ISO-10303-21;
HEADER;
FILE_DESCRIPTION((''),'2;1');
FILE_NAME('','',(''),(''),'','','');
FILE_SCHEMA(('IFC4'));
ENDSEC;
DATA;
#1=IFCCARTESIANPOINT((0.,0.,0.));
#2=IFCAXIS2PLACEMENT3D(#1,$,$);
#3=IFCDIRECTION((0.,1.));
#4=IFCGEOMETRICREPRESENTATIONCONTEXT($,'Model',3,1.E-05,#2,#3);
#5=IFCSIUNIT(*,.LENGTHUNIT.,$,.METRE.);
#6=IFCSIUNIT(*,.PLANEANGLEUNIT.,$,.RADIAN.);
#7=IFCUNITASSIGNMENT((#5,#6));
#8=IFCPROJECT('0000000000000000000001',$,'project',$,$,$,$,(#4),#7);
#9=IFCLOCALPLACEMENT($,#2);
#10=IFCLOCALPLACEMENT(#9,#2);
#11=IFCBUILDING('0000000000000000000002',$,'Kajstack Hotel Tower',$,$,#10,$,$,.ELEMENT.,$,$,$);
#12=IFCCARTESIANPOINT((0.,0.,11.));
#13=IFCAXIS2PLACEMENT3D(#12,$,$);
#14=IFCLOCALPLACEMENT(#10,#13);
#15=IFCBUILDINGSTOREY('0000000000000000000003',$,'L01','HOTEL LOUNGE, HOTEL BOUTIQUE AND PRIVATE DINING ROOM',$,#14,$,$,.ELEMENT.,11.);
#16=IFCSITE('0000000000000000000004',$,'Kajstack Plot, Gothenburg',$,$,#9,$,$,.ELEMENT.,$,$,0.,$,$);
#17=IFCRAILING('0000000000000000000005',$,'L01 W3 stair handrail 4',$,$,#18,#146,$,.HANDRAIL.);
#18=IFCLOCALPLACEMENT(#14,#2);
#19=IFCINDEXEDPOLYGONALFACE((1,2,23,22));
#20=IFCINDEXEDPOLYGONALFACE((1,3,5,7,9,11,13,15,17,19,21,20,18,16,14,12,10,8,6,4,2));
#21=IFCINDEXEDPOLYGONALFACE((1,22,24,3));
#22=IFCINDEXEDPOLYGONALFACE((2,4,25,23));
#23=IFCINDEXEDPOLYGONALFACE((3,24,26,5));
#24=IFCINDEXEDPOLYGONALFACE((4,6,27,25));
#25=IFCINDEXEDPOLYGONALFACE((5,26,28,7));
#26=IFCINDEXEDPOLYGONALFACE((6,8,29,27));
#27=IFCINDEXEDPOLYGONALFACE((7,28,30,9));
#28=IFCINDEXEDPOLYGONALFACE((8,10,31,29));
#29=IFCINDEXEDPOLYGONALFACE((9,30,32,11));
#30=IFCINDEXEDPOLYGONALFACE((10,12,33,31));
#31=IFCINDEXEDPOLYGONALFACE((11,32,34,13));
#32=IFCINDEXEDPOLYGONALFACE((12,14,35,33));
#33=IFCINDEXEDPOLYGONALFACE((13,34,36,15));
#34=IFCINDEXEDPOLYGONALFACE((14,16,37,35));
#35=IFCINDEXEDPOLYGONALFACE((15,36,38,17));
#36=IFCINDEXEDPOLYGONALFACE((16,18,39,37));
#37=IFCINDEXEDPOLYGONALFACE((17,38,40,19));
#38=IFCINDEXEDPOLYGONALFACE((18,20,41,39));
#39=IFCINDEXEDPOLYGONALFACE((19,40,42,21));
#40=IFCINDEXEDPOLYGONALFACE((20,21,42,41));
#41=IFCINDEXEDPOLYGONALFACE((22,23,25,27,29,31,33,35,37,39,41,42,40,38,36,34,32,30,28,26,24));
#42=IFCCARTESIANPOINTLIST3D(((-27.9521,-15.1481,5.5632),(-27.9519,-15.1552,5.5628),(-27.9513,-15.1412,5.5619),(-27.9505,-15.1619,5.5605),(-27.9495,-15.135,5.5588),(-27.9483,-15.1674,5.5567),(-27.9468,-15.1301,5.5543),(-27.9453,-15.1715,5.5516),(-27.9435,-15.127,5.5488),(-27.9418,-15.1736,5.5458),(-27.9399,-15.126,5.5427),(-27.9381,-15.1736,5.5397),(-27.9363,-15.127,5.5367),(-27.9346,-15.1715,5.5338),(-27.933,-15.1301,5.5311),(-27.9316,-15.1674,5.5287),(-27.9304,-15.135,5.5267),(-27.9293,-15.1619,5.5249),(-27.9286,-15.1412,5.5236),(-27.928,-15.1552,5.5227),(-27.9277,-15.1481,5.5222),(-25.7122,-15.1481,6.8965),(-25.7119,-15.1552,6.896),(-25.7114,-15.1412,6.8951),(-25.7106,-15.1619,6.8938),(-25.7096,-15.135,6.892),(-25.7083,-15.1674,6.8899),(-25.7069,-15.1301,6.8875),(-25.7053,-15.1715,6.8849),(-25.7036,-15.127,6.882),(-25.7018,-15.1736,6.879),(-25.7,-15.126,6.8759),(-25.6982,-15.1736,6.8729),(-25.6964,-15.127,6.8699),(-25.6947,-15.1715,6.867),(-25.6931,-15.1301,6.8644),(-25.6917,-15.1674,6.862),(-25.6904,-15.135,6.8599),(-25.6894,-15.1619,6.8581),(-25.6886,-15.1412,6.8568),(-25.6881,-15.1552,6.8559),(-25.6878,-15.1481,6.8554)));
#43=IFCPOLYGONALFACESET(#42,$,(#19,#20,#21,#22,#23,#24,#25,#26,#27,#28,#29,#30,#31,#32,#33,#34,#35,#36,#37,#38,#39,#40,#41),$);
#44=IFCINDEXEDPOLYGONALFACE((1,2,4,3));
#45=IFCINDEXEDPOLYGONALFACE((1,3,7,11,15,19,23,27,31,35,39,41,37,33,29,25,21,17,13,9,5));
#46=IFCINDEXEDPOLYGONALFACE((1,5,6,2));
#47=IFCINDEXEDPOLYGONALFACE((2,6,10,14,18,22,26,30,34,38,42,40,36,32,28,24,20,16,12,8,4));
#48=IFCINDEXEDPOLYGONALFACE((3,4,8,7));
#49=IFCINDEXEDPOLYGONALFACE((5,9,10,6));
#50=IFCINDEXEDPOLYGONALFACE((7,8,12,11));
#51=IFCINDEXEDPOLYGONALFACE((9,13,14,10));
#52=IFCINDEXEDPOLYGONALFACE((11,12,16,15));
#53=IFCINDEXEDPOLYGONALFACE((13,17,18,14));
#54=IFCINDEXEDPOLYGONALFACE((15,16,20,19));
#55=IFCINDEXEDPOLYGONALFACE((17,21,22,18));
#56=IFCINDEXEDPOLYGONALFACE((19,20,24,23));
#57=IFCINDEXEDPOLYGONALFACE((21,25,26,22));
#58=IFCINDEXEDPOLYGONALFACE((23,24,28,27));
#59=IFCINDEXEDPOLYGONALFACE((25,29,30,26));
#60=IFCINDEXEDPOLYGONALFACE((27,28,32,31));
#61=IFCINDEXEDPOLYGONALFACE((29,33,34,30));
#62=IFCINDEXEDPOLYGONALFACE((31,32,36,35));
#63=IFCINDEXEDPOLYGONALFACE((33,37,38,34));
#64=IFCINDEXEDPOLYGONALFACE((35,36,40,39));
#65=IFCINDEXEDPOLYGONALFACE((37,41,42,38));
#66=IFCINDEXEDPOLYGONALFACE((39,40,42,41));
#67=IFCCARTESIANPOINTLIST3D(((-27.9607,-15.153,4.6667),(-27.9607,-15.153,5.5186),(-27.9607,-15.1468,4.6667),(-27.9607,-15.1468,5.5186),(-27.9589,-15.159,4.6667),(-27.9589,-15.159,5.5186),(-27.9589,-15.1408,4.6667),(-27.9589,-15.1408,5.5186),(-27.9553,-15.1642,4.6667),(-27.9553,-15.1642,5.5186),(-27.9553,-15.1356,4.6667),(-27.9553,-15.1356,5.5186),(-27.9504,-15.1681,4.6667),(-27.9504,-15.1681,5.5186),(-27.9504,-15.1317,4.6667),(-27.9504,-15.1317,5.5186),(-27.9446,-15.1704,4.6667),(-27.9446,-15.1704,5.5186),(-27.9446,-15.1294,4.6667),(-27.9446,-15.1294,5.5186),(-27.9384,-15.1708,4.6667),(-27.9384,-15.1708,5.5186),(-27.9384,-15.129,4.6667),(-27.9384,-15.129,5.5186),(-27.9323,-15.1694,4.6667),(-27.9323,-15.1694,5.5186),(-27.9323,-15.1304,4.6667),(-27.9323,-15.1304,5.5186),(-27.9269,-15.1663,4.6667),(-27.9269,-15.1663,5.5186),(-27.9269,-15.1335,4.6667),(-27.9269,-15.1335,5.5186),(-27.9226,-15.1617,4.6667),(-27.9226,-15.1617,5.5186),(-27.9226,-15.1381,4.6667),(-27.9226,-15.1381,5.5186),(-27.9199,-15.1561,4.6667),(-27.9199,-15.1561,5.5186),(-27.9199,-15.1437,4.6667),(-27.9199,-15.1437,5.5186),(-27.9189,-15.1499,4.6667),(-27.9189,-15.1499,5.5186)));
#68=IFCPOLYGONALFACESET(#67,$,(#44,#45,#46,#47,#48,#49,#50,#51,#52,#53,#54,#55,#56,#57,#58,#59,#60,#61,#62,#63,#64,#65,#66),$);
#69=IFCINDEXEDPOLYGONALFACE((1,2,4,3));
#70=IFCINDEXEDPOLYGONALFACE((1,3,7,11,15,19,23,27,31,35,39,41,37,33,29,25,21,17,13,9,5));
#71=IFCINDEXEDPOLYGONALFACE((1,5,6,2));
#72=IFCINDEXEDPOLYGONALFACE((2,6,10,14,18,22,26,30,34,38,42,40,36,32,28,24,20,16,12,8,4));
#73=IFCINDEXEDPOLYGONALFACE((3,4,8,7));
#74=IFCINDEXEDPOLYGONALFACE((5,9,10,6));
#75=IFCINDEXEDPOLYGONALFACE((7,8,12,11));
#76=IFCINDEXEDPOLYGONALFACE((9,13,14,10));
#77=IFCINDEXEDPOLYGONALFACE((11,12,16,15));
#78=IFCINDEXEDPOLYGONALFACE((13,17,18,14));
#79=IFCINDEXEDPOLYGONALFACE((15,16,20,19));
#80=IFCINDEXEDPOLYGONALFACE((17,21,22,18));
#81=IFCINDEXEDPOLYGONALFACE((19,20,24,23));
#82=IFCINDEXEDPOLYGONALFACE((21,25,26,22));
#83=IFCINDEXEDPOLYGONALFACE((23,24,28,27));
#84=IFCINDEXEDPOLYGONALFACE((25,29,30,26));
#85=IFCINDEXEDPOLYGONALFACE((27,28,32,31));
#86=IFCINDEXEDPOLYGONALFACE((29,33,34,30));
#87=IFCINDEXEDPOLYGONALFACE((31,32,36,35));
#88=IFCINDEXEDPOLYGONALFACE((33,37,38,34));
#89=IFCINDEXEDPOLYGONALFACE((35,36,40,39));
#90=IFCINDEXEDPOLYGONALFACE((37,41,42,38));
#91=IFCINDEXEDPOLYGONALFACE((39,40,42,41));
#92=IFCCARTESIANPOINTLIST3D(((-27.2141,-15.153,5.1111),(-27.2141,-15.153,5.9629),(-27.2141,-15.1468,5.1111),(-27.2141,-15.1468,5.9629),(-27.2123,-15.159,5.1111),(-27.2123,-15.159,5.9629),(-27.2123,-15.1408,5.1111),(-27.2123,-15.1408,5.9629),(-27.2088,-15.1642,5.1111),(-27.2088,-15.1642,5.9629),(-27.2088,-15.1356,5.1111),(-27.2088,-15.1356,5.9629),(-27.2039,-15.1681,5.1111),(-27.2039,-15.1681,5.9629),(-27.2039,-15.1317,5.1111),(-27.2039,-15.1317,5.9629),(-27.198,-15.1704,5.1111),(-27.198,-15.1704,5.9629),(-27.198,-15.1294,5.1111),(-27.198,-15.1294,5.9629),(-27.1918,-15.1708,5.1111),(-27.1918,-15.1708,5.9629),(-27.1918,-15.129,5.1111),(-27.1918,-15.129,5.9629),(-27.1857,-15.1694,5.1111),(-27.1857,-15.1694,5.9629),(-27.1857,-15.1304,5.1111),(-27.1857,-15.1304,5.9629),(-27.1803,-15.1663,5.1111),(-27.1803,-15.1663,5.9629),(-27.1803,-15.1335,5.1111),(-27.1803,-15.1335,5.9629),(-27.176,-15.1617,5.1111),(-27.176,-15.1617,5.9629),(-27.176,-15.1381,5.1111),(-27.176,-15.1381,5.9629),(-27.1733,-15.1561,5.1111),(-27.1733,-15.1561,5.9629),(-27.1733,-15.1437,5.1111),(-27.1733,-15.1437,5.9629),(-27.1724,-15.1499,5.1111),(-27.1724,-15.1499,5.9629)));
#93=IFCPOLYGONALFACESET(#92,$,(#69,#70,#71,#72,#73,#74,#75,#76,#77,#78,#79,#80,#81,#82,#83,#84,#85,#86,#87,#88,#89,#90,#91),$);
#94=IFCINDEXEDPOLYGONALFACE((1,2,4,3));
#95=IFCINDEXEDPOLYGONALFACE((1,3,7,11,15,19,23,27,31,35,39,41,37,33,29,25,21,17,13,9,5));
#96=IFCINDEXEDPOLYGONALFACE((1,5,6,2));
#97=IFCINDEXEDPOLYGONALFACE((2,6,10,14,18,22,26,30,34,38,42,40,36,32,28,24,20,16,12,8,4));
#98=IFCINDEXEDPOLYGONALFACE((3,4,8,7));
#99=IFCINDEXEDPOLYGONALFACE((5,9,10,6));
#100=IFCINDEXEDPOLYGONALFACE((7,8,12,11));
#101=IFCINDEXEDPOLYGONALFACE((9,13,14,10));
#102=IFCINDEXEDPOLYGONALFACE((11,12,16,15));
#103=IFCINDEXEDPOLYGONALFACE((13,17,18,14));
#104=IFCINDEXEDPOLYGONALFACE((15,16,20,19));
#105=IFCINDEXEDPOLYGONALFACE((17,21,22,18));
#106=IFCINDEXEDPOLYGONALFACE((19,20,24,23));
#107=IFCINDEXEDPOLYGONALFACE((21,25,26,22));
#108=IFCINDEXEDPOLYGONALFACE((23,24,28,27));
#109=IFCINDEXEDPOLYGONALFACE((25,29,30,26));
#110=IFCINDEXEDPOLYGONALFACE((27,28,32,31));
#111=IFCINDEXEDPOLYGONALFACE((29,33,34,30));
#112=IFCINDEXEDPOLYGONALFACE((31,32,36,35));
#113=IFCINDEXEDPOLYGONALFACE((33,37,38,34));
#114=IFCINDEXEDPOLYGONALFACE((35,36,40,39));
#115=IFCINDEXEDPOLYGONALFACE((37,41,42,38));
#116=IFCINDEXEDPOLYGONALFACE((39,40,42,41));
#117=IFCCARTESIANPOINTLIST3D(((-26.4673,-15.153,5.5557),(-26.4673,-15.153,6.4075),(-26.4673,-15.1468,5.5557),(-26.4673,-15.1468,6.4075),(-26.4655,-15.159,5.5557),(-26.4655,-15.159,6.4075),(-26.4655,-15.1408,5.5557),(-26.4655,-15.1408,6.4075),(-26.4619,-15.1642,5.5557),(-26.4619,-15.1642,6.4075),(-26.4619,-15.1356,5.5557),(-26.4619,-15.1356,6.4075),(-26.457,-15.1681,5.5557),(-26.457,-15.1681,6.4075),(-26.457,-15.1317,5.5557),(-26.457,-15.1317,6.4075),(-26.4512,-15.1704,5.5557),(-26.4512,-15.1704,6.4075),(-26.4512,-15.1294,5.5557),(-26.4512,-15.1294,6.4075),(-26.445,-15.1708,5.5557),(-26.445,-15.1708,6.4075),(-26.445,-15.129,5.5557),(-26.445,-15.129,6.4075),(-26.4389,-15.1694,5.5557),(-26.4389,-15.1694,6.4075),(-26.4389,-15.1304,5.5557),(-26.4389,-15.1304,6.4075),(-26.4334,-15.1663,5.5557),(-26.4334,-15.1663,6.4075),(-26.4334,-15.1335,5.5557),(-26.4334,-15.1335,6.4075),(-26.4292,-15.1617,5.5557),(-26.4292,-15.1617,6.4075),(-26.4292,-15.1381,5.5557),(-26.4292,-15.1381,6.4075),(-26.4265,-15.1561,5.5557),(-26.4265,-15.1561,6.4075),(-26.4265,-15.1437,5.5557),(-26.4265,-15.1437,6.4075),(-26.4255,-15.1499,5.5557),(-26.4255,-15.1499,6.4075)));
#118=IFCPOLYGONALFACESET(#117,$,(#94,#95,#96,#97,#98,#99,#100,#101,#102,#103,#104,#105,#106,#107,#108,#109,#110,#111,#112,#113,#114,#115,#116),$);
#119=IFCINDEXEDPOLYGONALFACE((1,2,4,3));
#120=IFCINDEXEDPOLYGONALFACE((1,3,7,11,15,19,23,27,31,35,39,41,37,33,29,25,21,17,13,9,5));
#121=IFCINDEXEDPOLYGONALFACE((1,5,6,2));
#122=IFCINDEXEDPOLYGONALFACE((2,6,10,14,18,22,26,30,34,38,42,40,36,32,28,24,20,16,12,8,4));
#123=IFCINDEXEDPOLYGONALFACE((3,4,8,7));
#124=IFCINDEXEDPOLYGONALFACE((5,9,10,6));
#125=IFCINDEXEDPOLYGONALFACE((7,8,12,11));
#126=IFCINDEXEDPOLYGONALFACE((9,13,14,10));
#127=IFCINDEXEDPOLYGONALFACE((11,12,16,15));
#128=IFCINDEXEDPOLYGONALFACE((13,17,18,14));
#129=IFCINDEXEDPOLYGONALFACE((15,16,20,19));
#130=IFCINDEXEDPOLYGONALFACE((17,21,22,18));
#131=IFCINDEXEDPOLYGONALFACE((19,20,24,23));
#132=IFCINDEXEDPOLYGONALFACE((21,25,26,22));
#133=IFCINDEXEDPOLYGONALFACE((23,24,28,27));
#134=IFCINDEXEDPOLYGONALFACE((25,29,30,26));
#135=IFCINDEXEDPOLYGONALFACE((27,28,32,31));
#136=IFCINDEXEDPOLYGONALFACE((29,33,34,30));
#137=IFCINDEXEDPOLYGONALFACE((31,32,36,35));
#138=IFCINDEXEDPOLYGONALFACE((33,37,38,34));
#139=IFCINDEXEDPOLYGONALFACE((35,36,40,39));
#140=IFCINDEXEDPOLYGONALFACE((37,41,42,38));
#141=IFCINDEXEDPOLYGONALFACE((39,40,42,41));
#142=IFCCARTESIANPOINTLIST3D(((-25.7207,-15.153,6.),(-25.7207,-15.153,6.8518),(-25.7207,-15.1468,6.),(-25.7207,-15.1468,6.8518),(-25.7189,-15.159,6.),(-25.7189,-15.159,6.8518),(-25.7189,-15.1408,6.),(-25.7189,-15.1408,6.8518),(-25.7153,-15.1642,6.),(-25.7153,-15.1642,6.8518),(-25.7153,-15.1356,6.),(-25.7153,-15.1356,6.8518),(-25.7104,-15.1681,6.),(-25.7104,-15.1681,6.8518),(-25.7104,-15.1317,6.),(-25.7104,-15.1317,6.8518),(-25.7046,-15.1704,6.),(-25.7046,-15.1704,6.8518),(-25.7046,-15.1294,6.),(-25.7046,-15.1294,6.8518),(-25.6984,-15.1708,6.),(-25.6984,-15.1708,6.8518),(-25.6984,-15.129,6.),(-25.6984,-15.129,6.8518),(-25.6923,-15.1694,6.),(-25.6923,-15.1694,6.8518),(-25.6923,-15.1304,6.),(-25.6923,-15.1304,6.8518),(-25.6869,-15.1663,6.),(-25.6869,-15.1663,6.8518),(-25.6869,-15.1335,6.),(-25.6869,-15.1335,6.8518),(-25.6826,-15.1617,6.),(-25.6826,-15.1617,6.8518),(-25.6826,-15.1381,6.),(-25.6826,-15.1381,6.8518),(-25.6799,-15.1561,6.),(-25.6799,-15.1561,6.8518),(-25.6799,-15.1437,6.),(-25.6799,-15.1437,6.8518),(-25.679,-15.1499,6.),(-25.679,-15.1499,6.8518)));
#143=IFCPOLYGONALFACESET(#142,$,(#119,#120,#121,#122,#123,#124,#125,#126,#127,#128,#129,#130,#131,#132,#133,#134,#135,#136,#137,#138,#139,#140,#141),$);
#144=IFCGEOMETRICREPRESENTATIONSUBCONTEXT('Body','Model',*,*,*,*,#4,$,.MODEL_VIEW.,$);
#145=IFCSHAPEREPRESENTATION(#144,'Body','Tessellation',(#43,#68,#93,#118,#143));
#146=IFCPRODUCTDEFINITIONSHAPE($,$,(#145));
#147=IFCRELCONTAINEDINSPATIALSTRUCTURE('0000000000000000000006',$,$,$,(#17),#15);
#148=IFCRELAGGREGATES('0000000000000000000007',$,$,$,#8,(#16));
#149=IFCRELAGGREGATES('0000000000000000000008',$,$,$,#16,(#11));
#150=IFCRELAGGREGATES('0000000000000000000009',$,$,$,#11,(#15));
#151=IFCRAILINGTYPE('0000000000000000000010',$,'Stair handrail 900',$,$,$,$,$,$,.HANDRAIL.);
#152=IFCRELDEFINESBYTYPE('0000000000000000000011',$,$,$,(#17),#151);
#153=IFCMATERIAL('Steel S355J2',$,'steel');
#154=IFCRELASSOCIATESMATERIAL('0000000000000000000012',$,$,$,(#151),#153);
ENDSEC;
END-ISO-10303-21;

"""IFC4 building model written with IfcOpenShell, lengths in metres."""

from ifc_helpers import new_model, si_unit, direction, frame, origin, origin_2d, place, context, subcontext, project, spatial, circle, extrude, material, type_object, element, save


model = new_model("IFC4")

# Units and contexts
model_context = context("Model", 3, precision=1e-05, world=origin(), true_north=direction((0.0, 1.0)))
body_context = subcontext(model_context, "Body", "Model", "MODEL_VIEW")
ifc_project = project(units=[si_unit("LENGTHUNIT", "METRE"), si_unit("PLANEANGLEUNIT", "RADIAN")], contexts=[model_context])

# Site, building, storey
site_placement = place(None, origin())
site = spatial("IfcSite", under=ifc_project, at=site_placement, Name="Kajstack Plot, Gothenburg", CompositionType="ELEMENT", RefElevation=0.0)
building_placement = place(site_placement, origin())
building = spatial("IfcBuilding", under=site, at=building_placement, Name="Kajstack Hotel Tower", CompositionType="ELEMENT")
storey_placement = place(building_placement, frame((0.0, 0.0, 11.0)))
storey = spatial("IfcBuildingStorey", under=building, at=storey_placement, Name="L01", Description="HOTEL LOUNGE, HOTEL BOUTIQUE AND PRIVATE DINING ROOM", CompositionType="ELEMENT", Elevation=11.0)

# Railing
ifc_material_1 = material(Name="Steel S355J2", Category="steel")
railing_type_1 = type_object("IfcRailingType", Name="Stair handrail 900", PredefinedType="HANDRAIL", material=ifc_material_1)
railing_1_placement = place(storey_placement, frame((-27.9399, -15.1499, 4.6667)))
element("IfcRailing", 1, at=railing_1_placement, inside=storey, type_object=railing_type_1, Name="L01 W3 stair handrail 4", PredefinedType="HANDRAIL", context=body_context, shape_type="SweptSolid", body=[
    extrude(circle(Radius=0.0239, at=origin_2d()), frame((0.0, 0.0, 0.876), z_axis=(0.859306, 0.0, 0.511462), x_axis=(0.0, 1.0, 0.0)), (0.0, 0.0, 1.0), 2.6067),
    extrude(circle(Radius=0.021, at=origin_2d()), origin(), (0.0, 0.0, 1.0), 0.8518),
    extrude(circle(Radius=0.021, at=origin_2d()), frame((0.7466, 0.0, 0.4443)), (0.0, 0.0, 1.0), 0.8518),
    extrude(circle(Radius=0.021, at=origin_2d()), frame((1.4934, 0.0, 0.8889)), (0.0, 0.0, 1.0), 0.8518),
    extrude(circle(Radius=0.021, at=origin_2d()), frame((2.24, 0.0, 1.3333)), (0.0, 0.0, 1.0), 0.8518),
])

save(model, "model.ifc")
